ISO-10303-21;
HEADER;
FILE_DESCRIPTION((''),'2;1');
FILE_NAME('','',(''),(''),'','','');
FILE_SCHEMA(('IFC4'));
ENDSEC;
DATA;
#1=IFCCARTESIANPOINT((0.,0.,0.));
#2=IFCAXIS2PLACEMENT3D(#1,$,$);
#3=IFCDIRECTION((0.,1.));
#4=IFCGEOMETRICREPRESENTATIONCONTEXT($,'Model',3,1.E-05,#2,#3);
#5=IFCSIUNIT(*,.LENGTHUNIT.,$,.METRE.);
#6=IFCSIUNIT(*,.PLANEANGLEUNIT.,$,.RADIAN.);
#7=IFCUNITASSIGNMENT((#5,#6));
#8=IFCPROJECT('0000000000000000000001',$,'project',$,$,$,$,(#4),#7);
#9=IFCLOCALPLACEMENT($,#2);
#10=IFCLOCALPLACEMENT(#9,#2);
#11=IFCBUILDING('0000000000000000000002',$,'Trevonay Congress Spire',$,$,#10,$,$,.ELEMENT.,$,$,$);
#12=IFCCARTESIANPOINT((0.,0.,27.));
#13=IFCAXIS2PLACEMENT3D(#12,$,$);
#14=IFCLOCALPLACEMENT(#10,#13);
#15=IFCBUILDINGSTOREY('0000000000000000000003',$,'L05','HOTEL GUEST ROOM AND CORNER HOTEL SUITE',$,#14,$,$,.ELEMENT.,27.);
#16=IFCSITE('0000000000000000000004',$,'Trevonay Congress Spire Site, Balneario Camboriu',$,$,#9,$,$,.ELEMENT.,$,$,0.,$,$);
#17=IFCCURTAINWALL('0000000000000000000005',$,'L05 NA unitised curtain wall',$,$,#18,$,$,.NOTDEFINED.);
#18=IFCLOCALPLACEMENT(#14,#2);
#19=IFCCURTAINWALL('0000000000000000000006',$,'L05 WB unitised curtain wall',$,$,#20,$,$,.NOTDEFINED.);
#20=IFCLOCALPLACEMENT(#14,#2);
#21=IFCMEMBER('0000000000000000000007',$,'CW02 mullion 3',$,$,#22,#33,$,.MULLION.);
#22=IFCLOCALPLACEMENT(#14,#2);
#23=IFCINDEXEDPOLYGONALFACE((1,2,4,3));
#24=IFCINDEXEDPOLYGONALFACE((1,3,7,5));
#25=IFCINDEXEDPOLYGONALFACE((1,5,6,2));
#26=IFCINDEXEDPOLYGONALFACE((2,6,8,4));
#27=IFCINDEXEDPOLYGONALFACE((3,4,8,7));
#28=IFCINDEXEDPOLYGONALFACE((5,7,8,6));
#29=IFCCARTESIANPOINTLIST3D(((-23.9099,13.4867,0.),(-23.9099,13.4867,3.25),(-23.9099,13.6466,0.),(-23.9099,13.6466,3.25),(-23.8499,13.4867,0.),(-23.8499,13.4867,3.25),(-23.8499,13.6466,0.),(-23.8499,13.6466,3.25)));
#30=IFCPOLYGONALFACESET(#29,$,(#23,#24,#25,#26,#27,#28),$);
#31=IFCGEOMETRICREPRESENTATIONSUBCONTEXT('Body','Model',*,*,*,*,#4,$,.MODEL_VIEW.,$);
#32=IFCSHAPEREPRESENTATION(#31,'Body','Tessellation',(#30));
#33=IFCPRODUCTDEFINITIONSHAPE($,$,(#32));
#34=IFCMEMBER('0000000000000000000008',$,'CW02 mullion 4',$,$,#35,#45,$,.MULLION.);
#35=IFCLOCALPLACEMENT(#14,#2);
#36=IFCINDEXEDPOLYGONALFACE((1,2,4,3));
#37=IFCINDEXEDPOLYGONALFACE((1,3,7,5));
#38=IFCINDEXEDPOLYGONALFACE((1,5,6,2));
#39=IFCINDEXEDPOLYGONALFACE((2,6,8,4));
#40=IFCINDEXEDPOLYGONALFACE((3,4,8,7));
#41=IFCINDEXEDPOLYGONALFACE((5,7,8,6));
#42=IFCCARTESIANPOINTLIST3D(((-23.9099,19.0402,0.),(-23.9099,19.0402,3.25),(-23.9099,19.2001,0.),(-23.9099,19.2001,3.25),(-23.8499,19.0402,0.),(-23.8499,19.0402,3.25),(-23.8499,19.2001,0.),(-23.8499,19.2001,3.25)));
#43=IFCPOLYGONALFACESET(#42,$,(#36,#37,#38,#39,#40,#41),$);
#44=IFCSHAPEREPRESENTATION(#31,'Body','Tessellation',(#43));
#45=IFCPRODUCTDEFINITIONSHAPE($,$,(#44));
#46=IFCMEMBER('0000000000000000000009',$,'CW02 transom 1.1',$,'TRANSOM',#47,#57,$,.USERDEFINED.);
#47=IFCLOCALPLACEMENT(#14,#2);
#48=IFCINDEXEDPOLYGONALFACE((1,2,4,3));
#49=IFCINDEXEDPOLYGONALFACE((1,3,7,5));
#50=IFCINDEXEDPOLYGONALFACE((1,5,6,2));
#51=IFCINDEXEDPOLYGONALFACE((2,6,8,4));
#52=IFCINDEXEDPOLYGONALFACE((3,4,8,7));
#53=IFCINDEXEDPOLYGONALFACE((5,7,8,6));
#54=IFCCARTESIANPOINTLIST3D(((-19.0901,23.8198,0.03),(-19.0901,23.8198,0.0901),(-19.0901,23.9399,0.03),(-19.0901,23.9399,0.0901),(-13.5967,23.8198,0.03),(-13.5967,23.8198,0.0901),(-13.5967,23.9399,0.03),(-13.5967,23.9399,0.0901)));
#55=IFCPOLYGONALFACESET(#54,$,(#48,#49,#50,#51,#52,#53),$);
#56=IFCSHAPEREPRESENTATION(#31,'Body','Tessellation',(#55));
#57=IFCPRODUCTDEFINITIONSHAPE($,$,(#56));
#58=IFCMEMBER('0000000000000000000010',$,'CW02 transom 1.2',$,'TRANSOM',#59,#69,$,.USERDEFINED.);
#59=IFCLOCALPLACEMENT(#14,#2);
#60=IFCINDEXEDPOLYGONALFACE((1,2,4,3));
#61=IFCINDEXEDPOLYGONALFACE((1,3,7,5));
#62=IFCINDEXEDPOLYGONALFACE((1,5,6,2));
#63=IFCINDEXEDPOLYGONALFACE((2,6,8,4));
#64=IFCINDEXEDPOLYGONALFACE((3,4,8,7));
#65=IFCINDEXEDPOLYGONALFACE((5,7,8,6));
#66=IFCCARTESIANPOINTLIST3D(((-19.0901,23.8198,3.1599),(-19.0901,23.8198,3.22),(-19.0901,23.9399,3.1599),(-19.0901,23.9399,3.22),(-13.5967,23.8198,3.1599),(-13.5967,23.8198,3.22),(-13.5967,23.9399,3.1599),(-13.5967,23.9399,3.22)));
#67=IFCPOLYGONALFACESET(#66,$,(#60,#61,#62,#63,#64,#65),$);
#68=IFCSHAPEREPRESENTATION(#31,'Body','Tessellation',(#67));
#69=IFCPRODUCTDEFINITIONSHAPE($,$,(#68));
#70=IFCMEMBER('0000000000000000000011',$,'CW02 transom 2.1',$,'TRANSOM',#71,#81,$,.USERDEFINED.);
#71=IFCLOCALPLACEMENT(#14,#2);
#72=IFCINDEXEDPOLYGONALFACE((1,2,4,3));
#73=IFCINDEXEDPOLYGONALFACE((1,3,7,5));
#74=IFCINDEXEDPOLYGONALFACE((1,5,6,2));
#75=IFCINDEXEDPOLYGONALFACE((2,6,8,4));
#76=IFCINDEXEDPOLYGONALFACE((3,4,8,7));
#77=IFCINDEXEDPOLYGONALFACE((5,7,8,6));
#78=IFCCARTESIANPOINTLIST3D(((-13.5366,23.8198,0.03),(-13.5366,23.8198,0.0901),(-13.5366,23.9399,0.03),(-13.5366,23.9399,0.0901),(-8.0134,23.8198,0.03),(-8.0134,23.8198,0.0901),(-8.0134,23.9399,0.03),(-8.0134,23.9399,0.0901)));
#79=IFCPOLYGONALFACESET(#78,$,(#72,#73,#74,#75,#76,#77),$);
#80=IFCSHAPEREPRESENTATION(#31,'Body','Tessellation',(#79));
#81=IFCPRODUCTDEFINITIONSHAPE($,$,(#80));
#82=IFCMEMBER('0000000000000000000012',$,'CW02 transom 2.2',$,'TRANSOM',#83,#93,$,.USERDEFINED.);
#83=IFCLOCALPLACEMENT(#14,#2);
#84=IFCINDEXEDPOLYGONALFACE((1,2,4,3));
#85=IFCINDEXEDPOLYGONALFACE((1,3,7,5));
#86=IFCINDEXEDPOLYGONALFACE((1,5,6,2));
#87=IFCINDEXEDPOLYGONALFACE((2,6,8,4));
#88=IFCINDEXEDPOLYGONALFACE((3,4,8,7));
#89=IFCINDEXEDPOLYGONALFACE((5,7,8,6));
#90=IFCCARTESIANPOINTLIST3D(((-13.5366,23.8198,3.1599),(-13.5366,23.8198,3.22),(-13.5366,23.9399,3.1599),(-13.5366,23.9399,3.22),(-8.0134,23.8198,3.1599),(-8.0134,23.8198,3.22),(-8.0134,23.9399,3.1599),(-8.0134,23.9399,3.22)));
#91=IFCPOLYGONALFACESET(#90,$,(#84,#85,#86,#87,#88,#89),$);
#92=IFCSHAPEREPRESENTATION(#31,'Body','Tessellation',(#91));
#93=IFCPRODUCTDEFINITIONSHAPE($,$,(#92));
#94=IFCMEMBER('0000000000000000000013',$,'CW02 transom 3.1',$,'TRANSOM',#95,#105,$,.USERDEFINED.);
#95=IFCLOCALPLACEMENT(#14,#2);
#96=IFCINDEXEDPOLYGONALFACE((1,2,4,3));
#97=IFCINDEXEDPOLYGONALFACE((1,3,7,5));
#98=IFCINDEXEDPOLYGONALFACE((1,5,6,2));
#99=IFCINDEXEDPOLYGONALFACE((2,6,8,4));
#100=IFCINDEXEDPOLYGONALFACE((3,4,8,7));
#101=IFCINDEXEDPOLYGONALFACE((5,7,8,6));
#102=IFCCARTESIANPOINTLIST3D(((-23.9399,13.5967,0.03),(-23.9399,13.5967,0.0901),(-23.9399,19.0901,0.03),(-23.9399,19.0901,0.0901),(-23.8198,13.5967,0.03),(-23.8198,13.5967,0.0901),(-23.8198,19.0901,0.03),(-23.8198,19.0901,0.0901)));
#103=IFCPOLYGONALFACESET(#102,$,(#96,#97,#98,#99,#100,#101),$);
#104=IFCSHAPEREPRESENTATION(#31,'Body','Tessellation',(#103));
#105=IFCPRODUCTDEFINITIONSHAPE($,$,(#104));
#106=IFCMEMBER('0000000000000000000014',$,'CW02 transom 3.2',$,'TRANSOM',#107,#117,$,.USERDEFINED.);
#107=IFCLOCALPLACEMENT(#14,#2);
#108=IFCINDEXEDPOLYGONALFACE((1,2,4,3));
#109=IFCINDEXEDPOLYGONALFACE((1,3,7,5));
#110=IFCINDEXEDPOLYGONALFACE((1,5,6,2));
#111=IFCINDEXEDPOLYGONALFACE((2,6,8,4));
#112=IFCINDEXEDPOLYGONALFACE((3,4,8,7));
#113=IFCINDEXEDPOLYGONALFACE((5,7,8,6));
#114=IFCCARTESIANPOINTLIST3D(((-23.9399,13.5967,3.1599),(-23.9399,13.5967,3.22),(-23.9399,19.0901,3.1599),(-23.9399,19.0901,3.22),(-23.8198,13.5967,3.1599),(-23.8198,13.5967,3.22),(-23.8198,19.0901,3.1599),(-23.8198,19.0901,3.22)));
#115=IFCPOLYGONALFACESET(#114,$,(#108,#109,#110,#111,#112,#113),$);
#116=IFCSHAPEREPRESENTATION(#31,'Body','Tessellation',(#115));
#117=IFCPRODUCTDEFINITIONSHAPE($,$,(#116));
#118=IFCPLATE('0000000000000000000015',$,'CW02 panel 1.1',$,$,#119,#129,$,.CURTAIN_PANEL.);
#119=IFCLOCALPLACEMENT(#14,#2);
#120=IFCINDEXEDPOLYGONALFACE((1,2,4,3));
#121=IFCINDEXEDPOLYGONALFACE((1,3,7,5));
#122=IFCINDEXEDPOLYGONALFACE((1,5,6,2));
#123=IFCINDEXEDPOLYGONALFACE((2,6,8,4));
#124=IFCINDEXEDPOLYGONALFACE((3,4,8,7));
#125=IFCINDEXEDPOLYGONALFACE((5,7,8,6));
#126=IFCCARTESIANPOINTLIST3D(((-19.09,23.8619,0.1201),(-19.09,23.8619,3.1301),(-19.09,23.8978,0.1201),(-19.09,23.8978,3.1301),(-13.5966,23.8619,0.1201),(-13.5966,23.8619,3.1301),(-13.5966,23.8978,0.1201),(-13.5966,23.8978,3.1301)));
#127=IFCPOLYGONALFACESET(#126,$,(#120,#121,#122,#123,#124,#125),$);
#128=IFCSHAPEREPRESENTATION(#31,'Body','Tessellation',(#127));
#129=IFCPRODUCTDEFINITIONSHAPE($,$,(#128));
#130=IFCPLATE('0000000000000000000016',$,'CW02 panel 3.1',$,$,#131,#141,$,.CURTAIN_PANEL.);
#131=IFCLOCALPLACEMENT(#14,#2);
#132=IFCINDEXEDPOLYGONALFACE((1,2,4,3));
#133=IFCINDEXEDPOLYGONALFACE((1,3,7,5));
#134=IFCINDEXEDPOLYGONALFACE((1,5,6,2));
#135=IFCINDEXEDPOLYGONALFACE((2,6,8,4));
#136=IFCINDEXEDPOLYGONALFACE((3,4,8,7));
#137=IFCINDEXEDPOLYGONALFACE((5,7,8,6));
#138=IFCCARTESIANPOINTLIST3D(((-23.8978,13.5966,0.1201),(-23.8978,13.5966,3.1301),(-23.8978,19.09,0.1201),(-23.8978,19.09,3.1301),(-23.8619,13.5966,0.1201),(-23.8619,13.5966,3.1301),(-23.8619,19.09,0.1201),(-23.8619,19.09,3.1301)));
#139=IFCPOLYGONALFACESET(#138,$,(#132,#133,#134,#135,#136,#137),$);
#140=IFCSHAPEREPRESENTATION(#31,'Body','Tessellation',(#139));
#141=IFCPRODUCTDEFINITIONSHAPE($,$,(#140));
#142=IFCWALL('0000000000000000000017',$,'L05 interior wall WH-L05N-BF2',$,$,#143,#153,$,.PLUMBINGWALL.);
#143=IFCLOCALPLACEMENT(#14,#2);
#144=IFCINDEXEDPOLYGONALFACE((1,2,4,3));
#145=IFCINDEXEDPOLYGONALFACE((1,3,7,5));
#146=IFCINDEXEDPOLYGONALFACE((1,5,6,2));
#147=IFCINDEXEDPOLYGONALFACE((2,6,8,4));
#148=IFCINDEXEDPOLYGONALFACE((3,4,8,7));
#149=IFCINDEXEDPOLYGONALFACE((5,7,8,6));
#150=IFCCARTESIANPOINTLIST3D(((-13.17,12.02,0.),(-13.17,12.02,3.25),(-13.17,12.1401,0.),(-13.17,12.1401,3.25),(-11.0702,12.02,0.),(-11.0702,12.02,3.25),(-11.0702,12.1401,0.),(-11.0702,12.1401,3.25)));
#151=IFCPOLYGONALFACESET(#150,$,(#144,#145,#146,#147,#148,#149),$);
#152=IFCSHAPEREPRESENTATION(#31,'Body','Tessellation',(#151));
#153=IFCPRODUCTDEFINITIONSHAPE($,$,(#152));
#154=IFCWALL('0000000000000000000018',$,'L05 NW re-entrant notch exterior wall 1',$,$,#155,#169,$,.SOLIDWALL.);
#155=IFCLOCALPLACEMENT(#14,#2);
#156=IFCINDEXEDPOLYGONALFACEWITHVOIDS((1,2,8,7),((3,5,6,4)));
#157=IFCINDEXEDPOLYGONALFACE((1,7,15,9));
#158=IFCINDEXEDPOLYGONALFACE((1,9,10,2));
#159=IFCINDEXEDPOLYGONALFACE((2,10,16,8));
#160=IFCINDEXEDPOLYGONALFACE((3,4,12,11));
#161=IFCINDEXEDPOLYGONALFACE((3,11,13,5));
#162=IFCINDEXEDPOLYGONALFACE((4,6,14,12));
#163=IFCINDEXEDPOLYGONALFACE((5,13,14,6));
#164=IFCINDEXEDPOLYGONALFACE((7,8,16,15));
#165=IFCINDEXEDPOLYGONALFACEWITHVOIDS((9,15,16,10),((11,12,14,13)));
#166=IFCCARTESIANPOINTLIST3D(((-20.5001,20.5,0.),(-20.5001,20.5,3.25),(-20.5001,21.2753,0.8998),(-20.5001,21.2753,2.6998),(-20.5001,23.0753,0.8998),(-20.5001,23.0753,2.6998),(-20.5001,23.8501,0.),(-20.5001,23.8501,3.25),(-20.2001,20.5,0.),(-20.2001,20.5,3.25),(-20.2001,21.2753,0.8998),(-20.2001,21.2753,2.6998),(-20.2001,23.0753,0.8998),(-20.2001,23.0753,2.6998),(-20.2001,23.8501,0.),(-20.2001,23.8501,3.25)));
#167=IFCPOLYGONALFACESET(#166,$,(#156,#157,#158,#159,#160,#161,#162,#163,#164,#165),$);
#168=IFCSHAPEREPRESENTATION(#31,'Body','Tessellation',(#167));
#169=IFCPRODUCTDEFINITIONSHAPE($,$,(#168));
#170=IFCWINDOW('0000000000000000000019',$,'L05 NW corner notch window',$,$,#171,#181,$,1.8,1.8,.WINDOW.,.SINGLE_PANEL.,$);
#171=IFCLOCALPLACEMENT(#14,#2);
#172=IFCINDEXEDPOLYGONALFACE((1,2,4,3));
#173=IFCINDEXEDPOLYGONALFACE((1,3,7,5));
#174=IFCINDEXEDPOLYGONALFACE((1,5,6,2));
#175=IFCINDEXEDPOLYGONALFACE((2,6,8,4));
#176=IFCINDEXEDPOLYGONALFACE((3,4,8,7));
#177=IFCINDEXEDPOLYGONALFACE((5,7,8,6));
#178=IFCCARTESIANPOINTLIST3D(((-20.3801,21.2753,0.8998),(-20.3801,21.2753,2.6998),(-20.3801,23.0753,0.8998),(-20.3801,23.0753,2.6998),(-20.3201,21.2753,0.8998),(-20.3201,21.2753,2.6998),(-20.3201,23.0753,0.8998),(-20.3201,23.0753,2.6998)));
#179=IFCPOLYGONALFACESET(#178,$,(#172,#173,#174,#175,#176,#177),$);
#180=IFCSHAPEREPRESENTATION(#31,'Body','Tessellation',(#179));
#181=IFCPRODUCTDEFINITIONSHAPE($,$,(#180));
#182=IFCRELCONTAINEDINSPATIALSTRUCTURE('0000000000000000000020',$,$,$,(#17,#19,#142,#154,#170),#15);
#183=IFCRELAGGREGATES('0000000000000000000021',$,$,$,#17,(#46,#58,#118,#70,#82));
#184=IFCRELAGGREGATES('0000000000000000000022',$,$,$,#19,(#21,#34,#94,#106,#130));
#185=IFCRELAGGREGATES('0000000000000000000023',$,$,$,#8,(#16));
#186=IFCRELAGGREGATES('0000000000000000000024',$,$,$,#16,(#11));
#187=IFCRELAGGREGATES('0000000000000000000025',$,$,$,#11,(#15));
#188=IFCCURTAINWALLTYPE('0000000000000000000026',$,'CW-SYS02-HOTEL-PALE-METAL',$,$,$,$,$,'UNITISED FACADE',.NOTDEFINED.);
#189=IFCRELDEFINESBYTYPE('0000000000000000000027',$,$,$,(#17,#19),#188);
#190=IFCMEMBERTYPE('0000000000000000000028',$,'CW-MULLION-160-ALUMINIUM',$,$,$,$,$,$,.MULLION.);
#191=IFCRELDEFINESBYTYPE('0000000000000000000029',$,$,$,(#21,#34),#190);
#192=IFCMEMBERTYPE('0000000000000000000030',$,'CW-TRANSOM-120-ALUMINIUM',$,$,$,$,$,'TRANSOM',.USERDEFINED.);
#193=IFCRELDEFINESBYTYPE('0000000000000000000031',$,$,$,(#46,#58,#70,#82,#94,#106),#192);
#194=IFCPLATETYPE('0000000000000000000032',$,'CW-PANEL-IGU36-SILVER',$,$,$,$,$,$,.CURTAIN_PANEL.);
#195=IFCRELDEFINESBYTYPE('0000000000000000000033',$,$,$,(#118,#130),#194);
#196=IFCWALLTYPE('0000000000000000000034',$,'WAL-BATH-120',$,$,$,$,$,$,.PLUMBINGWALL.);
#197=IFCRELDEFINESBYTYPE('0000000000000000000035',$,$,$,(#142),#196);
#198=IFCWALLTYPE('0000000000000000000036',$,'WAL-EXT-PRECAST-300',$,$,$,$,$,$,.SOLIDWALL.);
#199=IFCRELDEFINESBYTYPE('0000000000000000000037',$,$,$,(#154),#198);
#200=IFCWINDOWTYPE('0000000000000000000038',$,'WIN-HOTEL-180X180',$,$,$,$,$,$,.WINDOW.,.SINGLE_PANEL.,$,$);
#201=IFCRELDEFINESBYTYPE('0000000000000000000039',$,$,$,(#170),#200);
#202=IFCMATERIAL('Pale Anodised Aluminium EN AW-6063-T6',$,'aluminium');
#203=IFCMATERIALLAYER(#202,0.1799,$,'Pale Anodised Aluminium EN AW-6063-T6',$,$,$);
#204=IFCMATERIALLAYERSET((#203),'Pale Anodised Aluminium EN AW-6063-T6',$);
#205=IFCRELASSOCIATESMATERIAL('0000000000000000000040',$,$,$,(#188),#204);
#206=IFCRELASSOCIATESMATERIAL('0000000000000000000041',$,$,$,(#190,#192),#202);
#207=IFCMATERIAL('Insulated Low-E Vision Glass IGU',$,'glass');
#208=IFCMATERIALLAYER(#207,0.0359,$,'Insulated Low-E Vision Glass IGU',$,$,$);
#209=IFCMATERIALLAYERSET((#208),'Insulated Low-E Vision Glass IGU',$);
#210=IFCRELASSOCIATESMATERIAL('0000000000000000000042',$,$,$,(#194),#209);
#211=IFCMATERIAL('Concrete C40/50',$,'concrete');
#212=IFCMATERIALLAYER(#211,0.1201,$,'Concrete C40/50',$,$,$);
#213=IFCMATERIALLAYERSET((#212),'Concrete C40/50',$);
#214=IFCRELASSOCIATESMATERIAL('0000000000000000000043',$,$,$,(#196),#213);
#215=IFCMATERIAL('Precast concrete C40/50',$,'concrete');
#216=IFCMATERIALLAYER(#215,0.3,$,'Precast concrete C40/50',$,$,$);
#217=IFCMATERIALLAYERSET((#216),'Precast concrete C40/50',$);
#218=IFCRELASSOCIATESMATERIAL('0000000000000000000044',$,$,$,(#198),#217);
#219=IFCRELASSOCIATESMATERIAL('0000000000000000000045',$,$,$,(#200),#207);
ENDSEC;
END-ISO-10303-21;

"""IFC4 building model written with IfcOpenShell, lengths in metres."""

from ifc_helpers import new_model, si_unit, direction, frame, frame_2d, origin, origin_2d, place, context, subcontext, project, spatial, rectangle, extrude, material, layer, layer_set, material_profile, profile_set, type_object, element, fill, aggregate, save


model = new_model("IFC4")

# Units and contexts
model_context = context("Model", 3, precision=1e-05, world=origin(), true_north=direction((0.0, 1.0)))
body_context = subcontext(model_context, "Body", "Model", "MODEL_VIEW")
ifc_project = project(units=[si_unit("LENGTHUNIT", "METRE"), si_unit("PLANEANGLEUNIT", "RADIAN")], contexts=[model_context])

# Site, building, storey
site_placement = place(None, origin())
site = spatial("IfcSite", under=ifc_project, at=site_placement, Name="Trevonay Congress Spire Site, Balneario Camboriu", CompositionType="ELEMENT", RefElevation=0.0)
building_placement = place(site_placement, origin())
building = spatial("IfcBuilding", under=site, at=building_placement, Name="Trevonay Congress Spire", CompositionType="ELEMENT")
storey_placement = place(building_placement, frame((0.0, 0.0, 27.0)))
storey = spatial("IfcBuildingStorey", under=building, at=storey_placement, Name="L05", Description="HOTEL GUEST ROOM AND CORNER HOTEL SUITE", CompositionType="ELEMENT", Elevation=27.0)

# Curtain walls, members
ifc_material_1 = material(Name="Pale Anodised Aluminium EN AW-6063-T6", Category="aluminium")
ifc_layer_1 = layer(ifc_material_1, 0.1799, Name="Pale Anodised Aluminium EN AW-6063-T6")
ifc_layer_set_1 = layer_set([ifc_layer_1], Name="Pale Anodised Aluminium EN AW-6063-T6")
curtain_wall_type = type_object("IfcCurtainWallType", Name="CW-SYS02-HOTEL-PALE-METAL", ElementType="UNITISED FACADE", PredefinedType="NOTDEFINED", material=ifc_layer_set_1)
curtain_wall_1_placement = place(storey_placement, origin())
curtain_wall_1 = element("IfcCurtainWall", 1, at=curtain_wall_1_placement, inside=storey, type_object=curtain_wall_type, Name="L05 NA unitised curtain wall", PredefinedType="NOTDEFINED")
ifc_material_profile_1 = material_profile(ifc_material_1, rectangle(XDim=0.0601, YDim=0.1599, at=origin_2d()), Name="CW-MULLION-160-ALUMINIUM")
ifc_profile_set_1 = profile_set([ifc_material_profile_1], Name="Pale Anodised Aluminium EN AW-6063-T6")
member_type_1 = type_object("IfcMemberType", Name="CW-MULLION-160-ALUMINIUM", PredefinedType="MULLION", material=ifc_profile_set_1)
curtain_wall_2_placement = place(storey_placement, origin())
curtain_wall_2 = element("IfcCurtainWall", 2, at=curtain_wall_2_placement, inside=storey, type_object=curtain_wall_type, Name="L05 WB unitised curtain wall", PredefinedType="NOTDEFINED")
member_1_placement = place(storey_placement, frame((-23.8799, 13.5667, 0.0), z_axis=(0.0, 0.0, 1.0), x_axis=(-1.0, 0.0, 0.0)))
member_1 = element("IfcMember", 3, at=member_1_placement, type_object=member_type_1, Name="CW02 mullion 3", PredefinedType="MULLION", context=body_context, shape_type="SweptSolid", body=[
    extrude(rectangle(XDim=0.0601, YDim=0.1599, at=origin_2d()), origin(), (0.0, 0.0, 1.0), 3.25),
])
member_2_placement = place(storey_placement, frame((-23.8799, 19.1201, 0.0), z_axis=(0.0, 0.0, 1.0), x_axis=(-1.0, 0.0, 0.0)))
member_2 = element("IfcMember", 4, at=member_2_placement, type_object=member_type_1, Name="CW02 mullion 4", PredefinedType="MULLION", context=body_context, shape_type="SweptSolid", body=[
    extrude(rectangle(XDim=0.0601, YDim=0.1599, at=origin_2d()), origin(), (0.0, 0.0, 1.0), 3.25),
])

# Members
ifc_material_profile_2 = material_profile(ifc_material_1, rectangle(XDim=0.1201, YDim=0.0601, at=origin_2d()), Name="CW-TRANSOM-120-ALUMINIUM")
ifc_profile_set_2 = profile_set([ifc_material_profile_2], Name="Pale Anodised Aluminium EN AW-6063-T6")
member_type_2 = type_object("IfcMemberType", Name="CW-TRANSOM-120-ALUMINIUM", ElementType="TRANSOM", PredefinedType="USERDEFINED", material=ifc_profile_set_2)
member_3_placement = place(storey_placement, frame((-19.0901, 23.8799, 0.0601), z_axis=(1.0, 0.0, 0.0), x_axis=(0.0, 1.0, 0.0)))
member_3 = element("IfcMember", 5, at=member_3_placement, type_object=member_type_2, Name="CW02 transom 1.1", ObjectType="TRANSOM", PredefinedType="USERDEFINED", context=body_context, shape_type="SweptSolid", body=[
    extrude(rectangle(XDim=0.1201, YDim=0.0601, at=origin_2d()), origin(), (0.0, 0.0, 1.0), 5.4934),
])
member_4_placement = place(storey_placement, frame((-19.0901, 23.8799, 3.1899), z_axis=(1.0, 0.0, 0.0), x_axis=(0.0, 1.0, 0.0)))
member_4 = element("IfcMember", 6, at=member_4_placement, type_object=member_type_2, Name="CW02 transom 1.2", ObjectType="TRANSOM", PredefinedType="USERDEFINED", context=body_context, shape_type="SweptSolid", body=[
    extrude(rectangle(XDim=0.1201, YDim=0.0601, at=origin_2d()), origin(), (0.0, 0.0, 1.0), 5.4934),
])
member_5_placement = place(storey_placement, frame((-13.5366, 23.8799, 0.0601), z_axis=(1.0, 0.0, 0.0), x_axis=(0.0, 1.0, 0.0)))
member_5 = element("IfcMember", 7, at=member_5_placement, type_object=member_type_2, Name="CW02 transom 2.1", ObjectType="TRANSOM", PredefinedType="USERDEFINED", context=body_context, shape_type="SweptSolid", body=[
    extrude(rectangle(XDim=0.1201, YDim=0.0601, at=origin_2d()), origin(), (0.0, 0.0, 1.0), 5.5232),
])
member_6_placement = place(storey_placement, frame((-13.5366, 23.8799, 3.1899), z_axis=(1.0, 0.0, 0.0), x_axis=(0.0, 1.0, 0.0)))
member_6 = element("IfcMember", 8, at=member_6_placement, type_object=member_type_2, Name="CW02 transom 2.2", ObjectType="TRANSOM", PredefinedType="USERDEFINED", context=body_context, shape_type="SweptSolid", body=[
    extrude(rectangle(XDim=0.1201, YDim=0.0601, at=origin_2d()), origin(), (0.0, 0.0, 1.0), 5.5232),
])
member_7_placement = place(storey_placement, frame((-23.8799, 13.5967, 0.0601), z_axis=(0.0, 1.0, 0.0), x_axis=(-1.0, 0.0, 0.0)))
member_7 = element("IfcMember", 9, at=member_7_placement, type_object=member_type_2, Name="CW02 transom 3.1", ObjectType="TRANSOM", PredefinedType="USERDEFINED", context=body_context, shape_type="SweptSolid", body=[
    extrude(rectangle(XDim=0.1201, YDim=0.0601, at=origin_2d()), origin(), (0.0, 0.0, 1.0), 5.4934),
])
member_8_placement = place(storey_placement, frame((-23.8799, 13.5967, 3.1899), z_axis=(0.0, 1.0, 0.0), x_axis=(-1.0, 0.0, 0.0)))
member_8 = element("IfcMember", 10, at=member_8_placement, type_object=member_type_2, Name="CW02 transom 3.2", ObjectType="TRANSOM", PredefinedType="USERDEFINED", context=body_context, shape_type="SweptSolid", body=[
    extrude(rectangle(XDim=0.1201, YDim=0.0601, at=origin_2d()), origin(), (0.0, 0.0, 1.0), 5.4934),
])

# Plates
ifc_material_2 = material(Name="Insulated Low-E Vision Glass IGU", Category="glass")
ifc_layer_2 = layer(ifc_material_2, 0.0359, Name="Insulated Low-E Vision Glass IGU")
ifc_layer_set_2 = layer_set([ifc_layer_2], Name="Insulated Low-E Vision Glass IGU")
plate_type = type_object("IfcPlateType", Name="CW-PANEL-IGU36-SILVER", PredefinedType="CURTAIN_PANEL", material=ifc_layer_set_2)
plate_1_placement = place(storey_placement, frame((-16.3433, 23.8799, 0.1201), z_axis=(0.0, 0.0, 1.0), x_axis=(1.0, 0.0, 0.0)))
plate_1 = element("IfcPlate", 11, at=plate_1_placement, type_object=plate_type, Name="CW02 panel 1.1", PredefinedType="CURTAIN_PANEL", context=body_context, shape_type="SweptSolid", body=[
    extrude(rectangle(XDim=5.4934, YDim=0.0359, at=origin_2d()), origin(), (0.0, 0.0, 1.0), 3.01),
])
aggregate(curtain_wall_1, [member_3, member_4, plate_1, member_5, member_6])
plate_2_placement = place(storey_placement, frame((-23.8799, 16.3433, 0.1201), z_axis=(0.0, 0.0, 1.0), x_axis=(0.0, 1.0, 0.0)))
plate_2 = element("IfcPlate", 12, at=plate_2_placement, type_object=plate_type, Name="CW02 panel 3.1", PredefinedType="CURTAIN_PANEL", context=body_context, shape_type="SweptSolid", body=[
    extrude(rectangle(XDim=5.4934, YDim=0.0359, at=origin_2d()), origin(), (0.0, 0.0, 1.0), 3.01),
])
aggregate(curtain_wall_2, [member_1, member_2, member_7, member_8, plate_2])

# Wall
ifc_material_3 = material(Name="Concrete C40/50", Category="concrete")
ifc_layer_3 = layer(ifc_material_3, 0.1201, Name="Concrete C40/50")
ifc_layer_set_3 = layer_set([ifc_layer_3], Name="Concrete C40/50")
wall_type_1 = type_object("IfcWallType", Name="WAL-BATH-120", PredefinedType="PLUMBINGWALL", material=ifc_layer_set_3)
wall_1_placement = place(storey_placement, frame((-13.1699, 12.0801, 0.0), z_axis=(0.0, 0.0, 1.0), x_axis=(1.0, 0.0, 0.0)))
element("IfcWall", 13, at=wall_1_placement, inside=storey, type_object=wall_type_1, Name="L05 interior wall WH-L05N-BF2", PredefinedType="PLUMBINGWALL", context=body_context, shape_type="SweptSolid", body=[
    extrude(rectangle(XDim=2.0999, YDim=0.1201, at=frame_2d((1.0498, 0.0))), origin(), (0.0, 0.0, 1.0), 3.25),
])

# Wall, opening, window
ifc_material_4 = material(Name="Precast concrete C40/50", Category="concrete")
ifc_layer_4 = layer(ifc_material_4, 0.3, Name="Precast concrete C40/50")
ifc_layer_set_4 = layer_set([ifc_layer_4], Name="Precast concrete C40/50")
wall_type_2 = type_object("IfcWallType", Name="WAL-EXT-PRECAST-300", PredefinedType="SOLIDWALL", material=ifc_layer_set_4)
wall_2_placement = place(storey_placement, frame((-20.3501, 23.8501, 0.0), z_axis=(0.0, 0.0, 1.0), x_axis=(0.0, -1.0, 0.0)))
wall_2 = element("IfcWall", 14, at=wall_2_placement, inside=storey, type_object=wall_type_2, Name="L05 NW re-entrant notch exterior wall 1", PredefinedType="SOLIDWALL", context=body_context, shape_type="SweptSolid", body=[
    extrude(rectangle(XDim=3.3501, YDim=0.3, at=frame_2d((1.675, 0.0))), origin(), (0.0, 0.0, 1.0), 3.25),
])
opening_placement = place(wall_2_placement, frame((0.7749, 0.0, 0.8999)))
opening = element("IfcOpeningElement", 15, at=opening_placement, cuts=wall_2, PredefinedType="OPENING", context=body_context, shape_type="SweptSolid", body=[
    extrude(rectangle(XDim=1.8, YDim=1.8, at=frame_2d((0.8999, 0.8999))), frame((0.0, 0.1602, 0.0), z_axis=(0.0, -1.0, 0.0), x_axis=(1.0, 0.0, 0.0)), (0.0, 0.0, 1.0), 0.3201),
])
window_type = type_object("IfcWindowType", Name="WIN-HOTEL-180X180", PartitioningType="SINGLE_PANEL", PredefinedType="WINDOW", material=ifc_material_2)
window_placement = place(opening_placement, origin())
window = element("IfcWindow", 16, at=window_placement, inside=storey, type_object=window_type, Name="L05 NW corner notch window", OverallHeight=1.8, OverallWidth=1.8, PartitioningType="SINGLE_PANEL", PredefinedType="WINDOW", context=body_context, shape_type="SweptSolid", body=[
    extrude(rectangle(XDim=1.8, YDim=1.8, at=frame_2d((0.8999, 0.8999))), frame((0.0, 0.03, 0.0), z_axis=(0.0, -1.0, 0.0), x_axis=(1.0, 0.0, 0.0)), (0.0, 0.0, 1.0), 0.0601),
])
fill(opening, window)

save(model, "model.ifc")
